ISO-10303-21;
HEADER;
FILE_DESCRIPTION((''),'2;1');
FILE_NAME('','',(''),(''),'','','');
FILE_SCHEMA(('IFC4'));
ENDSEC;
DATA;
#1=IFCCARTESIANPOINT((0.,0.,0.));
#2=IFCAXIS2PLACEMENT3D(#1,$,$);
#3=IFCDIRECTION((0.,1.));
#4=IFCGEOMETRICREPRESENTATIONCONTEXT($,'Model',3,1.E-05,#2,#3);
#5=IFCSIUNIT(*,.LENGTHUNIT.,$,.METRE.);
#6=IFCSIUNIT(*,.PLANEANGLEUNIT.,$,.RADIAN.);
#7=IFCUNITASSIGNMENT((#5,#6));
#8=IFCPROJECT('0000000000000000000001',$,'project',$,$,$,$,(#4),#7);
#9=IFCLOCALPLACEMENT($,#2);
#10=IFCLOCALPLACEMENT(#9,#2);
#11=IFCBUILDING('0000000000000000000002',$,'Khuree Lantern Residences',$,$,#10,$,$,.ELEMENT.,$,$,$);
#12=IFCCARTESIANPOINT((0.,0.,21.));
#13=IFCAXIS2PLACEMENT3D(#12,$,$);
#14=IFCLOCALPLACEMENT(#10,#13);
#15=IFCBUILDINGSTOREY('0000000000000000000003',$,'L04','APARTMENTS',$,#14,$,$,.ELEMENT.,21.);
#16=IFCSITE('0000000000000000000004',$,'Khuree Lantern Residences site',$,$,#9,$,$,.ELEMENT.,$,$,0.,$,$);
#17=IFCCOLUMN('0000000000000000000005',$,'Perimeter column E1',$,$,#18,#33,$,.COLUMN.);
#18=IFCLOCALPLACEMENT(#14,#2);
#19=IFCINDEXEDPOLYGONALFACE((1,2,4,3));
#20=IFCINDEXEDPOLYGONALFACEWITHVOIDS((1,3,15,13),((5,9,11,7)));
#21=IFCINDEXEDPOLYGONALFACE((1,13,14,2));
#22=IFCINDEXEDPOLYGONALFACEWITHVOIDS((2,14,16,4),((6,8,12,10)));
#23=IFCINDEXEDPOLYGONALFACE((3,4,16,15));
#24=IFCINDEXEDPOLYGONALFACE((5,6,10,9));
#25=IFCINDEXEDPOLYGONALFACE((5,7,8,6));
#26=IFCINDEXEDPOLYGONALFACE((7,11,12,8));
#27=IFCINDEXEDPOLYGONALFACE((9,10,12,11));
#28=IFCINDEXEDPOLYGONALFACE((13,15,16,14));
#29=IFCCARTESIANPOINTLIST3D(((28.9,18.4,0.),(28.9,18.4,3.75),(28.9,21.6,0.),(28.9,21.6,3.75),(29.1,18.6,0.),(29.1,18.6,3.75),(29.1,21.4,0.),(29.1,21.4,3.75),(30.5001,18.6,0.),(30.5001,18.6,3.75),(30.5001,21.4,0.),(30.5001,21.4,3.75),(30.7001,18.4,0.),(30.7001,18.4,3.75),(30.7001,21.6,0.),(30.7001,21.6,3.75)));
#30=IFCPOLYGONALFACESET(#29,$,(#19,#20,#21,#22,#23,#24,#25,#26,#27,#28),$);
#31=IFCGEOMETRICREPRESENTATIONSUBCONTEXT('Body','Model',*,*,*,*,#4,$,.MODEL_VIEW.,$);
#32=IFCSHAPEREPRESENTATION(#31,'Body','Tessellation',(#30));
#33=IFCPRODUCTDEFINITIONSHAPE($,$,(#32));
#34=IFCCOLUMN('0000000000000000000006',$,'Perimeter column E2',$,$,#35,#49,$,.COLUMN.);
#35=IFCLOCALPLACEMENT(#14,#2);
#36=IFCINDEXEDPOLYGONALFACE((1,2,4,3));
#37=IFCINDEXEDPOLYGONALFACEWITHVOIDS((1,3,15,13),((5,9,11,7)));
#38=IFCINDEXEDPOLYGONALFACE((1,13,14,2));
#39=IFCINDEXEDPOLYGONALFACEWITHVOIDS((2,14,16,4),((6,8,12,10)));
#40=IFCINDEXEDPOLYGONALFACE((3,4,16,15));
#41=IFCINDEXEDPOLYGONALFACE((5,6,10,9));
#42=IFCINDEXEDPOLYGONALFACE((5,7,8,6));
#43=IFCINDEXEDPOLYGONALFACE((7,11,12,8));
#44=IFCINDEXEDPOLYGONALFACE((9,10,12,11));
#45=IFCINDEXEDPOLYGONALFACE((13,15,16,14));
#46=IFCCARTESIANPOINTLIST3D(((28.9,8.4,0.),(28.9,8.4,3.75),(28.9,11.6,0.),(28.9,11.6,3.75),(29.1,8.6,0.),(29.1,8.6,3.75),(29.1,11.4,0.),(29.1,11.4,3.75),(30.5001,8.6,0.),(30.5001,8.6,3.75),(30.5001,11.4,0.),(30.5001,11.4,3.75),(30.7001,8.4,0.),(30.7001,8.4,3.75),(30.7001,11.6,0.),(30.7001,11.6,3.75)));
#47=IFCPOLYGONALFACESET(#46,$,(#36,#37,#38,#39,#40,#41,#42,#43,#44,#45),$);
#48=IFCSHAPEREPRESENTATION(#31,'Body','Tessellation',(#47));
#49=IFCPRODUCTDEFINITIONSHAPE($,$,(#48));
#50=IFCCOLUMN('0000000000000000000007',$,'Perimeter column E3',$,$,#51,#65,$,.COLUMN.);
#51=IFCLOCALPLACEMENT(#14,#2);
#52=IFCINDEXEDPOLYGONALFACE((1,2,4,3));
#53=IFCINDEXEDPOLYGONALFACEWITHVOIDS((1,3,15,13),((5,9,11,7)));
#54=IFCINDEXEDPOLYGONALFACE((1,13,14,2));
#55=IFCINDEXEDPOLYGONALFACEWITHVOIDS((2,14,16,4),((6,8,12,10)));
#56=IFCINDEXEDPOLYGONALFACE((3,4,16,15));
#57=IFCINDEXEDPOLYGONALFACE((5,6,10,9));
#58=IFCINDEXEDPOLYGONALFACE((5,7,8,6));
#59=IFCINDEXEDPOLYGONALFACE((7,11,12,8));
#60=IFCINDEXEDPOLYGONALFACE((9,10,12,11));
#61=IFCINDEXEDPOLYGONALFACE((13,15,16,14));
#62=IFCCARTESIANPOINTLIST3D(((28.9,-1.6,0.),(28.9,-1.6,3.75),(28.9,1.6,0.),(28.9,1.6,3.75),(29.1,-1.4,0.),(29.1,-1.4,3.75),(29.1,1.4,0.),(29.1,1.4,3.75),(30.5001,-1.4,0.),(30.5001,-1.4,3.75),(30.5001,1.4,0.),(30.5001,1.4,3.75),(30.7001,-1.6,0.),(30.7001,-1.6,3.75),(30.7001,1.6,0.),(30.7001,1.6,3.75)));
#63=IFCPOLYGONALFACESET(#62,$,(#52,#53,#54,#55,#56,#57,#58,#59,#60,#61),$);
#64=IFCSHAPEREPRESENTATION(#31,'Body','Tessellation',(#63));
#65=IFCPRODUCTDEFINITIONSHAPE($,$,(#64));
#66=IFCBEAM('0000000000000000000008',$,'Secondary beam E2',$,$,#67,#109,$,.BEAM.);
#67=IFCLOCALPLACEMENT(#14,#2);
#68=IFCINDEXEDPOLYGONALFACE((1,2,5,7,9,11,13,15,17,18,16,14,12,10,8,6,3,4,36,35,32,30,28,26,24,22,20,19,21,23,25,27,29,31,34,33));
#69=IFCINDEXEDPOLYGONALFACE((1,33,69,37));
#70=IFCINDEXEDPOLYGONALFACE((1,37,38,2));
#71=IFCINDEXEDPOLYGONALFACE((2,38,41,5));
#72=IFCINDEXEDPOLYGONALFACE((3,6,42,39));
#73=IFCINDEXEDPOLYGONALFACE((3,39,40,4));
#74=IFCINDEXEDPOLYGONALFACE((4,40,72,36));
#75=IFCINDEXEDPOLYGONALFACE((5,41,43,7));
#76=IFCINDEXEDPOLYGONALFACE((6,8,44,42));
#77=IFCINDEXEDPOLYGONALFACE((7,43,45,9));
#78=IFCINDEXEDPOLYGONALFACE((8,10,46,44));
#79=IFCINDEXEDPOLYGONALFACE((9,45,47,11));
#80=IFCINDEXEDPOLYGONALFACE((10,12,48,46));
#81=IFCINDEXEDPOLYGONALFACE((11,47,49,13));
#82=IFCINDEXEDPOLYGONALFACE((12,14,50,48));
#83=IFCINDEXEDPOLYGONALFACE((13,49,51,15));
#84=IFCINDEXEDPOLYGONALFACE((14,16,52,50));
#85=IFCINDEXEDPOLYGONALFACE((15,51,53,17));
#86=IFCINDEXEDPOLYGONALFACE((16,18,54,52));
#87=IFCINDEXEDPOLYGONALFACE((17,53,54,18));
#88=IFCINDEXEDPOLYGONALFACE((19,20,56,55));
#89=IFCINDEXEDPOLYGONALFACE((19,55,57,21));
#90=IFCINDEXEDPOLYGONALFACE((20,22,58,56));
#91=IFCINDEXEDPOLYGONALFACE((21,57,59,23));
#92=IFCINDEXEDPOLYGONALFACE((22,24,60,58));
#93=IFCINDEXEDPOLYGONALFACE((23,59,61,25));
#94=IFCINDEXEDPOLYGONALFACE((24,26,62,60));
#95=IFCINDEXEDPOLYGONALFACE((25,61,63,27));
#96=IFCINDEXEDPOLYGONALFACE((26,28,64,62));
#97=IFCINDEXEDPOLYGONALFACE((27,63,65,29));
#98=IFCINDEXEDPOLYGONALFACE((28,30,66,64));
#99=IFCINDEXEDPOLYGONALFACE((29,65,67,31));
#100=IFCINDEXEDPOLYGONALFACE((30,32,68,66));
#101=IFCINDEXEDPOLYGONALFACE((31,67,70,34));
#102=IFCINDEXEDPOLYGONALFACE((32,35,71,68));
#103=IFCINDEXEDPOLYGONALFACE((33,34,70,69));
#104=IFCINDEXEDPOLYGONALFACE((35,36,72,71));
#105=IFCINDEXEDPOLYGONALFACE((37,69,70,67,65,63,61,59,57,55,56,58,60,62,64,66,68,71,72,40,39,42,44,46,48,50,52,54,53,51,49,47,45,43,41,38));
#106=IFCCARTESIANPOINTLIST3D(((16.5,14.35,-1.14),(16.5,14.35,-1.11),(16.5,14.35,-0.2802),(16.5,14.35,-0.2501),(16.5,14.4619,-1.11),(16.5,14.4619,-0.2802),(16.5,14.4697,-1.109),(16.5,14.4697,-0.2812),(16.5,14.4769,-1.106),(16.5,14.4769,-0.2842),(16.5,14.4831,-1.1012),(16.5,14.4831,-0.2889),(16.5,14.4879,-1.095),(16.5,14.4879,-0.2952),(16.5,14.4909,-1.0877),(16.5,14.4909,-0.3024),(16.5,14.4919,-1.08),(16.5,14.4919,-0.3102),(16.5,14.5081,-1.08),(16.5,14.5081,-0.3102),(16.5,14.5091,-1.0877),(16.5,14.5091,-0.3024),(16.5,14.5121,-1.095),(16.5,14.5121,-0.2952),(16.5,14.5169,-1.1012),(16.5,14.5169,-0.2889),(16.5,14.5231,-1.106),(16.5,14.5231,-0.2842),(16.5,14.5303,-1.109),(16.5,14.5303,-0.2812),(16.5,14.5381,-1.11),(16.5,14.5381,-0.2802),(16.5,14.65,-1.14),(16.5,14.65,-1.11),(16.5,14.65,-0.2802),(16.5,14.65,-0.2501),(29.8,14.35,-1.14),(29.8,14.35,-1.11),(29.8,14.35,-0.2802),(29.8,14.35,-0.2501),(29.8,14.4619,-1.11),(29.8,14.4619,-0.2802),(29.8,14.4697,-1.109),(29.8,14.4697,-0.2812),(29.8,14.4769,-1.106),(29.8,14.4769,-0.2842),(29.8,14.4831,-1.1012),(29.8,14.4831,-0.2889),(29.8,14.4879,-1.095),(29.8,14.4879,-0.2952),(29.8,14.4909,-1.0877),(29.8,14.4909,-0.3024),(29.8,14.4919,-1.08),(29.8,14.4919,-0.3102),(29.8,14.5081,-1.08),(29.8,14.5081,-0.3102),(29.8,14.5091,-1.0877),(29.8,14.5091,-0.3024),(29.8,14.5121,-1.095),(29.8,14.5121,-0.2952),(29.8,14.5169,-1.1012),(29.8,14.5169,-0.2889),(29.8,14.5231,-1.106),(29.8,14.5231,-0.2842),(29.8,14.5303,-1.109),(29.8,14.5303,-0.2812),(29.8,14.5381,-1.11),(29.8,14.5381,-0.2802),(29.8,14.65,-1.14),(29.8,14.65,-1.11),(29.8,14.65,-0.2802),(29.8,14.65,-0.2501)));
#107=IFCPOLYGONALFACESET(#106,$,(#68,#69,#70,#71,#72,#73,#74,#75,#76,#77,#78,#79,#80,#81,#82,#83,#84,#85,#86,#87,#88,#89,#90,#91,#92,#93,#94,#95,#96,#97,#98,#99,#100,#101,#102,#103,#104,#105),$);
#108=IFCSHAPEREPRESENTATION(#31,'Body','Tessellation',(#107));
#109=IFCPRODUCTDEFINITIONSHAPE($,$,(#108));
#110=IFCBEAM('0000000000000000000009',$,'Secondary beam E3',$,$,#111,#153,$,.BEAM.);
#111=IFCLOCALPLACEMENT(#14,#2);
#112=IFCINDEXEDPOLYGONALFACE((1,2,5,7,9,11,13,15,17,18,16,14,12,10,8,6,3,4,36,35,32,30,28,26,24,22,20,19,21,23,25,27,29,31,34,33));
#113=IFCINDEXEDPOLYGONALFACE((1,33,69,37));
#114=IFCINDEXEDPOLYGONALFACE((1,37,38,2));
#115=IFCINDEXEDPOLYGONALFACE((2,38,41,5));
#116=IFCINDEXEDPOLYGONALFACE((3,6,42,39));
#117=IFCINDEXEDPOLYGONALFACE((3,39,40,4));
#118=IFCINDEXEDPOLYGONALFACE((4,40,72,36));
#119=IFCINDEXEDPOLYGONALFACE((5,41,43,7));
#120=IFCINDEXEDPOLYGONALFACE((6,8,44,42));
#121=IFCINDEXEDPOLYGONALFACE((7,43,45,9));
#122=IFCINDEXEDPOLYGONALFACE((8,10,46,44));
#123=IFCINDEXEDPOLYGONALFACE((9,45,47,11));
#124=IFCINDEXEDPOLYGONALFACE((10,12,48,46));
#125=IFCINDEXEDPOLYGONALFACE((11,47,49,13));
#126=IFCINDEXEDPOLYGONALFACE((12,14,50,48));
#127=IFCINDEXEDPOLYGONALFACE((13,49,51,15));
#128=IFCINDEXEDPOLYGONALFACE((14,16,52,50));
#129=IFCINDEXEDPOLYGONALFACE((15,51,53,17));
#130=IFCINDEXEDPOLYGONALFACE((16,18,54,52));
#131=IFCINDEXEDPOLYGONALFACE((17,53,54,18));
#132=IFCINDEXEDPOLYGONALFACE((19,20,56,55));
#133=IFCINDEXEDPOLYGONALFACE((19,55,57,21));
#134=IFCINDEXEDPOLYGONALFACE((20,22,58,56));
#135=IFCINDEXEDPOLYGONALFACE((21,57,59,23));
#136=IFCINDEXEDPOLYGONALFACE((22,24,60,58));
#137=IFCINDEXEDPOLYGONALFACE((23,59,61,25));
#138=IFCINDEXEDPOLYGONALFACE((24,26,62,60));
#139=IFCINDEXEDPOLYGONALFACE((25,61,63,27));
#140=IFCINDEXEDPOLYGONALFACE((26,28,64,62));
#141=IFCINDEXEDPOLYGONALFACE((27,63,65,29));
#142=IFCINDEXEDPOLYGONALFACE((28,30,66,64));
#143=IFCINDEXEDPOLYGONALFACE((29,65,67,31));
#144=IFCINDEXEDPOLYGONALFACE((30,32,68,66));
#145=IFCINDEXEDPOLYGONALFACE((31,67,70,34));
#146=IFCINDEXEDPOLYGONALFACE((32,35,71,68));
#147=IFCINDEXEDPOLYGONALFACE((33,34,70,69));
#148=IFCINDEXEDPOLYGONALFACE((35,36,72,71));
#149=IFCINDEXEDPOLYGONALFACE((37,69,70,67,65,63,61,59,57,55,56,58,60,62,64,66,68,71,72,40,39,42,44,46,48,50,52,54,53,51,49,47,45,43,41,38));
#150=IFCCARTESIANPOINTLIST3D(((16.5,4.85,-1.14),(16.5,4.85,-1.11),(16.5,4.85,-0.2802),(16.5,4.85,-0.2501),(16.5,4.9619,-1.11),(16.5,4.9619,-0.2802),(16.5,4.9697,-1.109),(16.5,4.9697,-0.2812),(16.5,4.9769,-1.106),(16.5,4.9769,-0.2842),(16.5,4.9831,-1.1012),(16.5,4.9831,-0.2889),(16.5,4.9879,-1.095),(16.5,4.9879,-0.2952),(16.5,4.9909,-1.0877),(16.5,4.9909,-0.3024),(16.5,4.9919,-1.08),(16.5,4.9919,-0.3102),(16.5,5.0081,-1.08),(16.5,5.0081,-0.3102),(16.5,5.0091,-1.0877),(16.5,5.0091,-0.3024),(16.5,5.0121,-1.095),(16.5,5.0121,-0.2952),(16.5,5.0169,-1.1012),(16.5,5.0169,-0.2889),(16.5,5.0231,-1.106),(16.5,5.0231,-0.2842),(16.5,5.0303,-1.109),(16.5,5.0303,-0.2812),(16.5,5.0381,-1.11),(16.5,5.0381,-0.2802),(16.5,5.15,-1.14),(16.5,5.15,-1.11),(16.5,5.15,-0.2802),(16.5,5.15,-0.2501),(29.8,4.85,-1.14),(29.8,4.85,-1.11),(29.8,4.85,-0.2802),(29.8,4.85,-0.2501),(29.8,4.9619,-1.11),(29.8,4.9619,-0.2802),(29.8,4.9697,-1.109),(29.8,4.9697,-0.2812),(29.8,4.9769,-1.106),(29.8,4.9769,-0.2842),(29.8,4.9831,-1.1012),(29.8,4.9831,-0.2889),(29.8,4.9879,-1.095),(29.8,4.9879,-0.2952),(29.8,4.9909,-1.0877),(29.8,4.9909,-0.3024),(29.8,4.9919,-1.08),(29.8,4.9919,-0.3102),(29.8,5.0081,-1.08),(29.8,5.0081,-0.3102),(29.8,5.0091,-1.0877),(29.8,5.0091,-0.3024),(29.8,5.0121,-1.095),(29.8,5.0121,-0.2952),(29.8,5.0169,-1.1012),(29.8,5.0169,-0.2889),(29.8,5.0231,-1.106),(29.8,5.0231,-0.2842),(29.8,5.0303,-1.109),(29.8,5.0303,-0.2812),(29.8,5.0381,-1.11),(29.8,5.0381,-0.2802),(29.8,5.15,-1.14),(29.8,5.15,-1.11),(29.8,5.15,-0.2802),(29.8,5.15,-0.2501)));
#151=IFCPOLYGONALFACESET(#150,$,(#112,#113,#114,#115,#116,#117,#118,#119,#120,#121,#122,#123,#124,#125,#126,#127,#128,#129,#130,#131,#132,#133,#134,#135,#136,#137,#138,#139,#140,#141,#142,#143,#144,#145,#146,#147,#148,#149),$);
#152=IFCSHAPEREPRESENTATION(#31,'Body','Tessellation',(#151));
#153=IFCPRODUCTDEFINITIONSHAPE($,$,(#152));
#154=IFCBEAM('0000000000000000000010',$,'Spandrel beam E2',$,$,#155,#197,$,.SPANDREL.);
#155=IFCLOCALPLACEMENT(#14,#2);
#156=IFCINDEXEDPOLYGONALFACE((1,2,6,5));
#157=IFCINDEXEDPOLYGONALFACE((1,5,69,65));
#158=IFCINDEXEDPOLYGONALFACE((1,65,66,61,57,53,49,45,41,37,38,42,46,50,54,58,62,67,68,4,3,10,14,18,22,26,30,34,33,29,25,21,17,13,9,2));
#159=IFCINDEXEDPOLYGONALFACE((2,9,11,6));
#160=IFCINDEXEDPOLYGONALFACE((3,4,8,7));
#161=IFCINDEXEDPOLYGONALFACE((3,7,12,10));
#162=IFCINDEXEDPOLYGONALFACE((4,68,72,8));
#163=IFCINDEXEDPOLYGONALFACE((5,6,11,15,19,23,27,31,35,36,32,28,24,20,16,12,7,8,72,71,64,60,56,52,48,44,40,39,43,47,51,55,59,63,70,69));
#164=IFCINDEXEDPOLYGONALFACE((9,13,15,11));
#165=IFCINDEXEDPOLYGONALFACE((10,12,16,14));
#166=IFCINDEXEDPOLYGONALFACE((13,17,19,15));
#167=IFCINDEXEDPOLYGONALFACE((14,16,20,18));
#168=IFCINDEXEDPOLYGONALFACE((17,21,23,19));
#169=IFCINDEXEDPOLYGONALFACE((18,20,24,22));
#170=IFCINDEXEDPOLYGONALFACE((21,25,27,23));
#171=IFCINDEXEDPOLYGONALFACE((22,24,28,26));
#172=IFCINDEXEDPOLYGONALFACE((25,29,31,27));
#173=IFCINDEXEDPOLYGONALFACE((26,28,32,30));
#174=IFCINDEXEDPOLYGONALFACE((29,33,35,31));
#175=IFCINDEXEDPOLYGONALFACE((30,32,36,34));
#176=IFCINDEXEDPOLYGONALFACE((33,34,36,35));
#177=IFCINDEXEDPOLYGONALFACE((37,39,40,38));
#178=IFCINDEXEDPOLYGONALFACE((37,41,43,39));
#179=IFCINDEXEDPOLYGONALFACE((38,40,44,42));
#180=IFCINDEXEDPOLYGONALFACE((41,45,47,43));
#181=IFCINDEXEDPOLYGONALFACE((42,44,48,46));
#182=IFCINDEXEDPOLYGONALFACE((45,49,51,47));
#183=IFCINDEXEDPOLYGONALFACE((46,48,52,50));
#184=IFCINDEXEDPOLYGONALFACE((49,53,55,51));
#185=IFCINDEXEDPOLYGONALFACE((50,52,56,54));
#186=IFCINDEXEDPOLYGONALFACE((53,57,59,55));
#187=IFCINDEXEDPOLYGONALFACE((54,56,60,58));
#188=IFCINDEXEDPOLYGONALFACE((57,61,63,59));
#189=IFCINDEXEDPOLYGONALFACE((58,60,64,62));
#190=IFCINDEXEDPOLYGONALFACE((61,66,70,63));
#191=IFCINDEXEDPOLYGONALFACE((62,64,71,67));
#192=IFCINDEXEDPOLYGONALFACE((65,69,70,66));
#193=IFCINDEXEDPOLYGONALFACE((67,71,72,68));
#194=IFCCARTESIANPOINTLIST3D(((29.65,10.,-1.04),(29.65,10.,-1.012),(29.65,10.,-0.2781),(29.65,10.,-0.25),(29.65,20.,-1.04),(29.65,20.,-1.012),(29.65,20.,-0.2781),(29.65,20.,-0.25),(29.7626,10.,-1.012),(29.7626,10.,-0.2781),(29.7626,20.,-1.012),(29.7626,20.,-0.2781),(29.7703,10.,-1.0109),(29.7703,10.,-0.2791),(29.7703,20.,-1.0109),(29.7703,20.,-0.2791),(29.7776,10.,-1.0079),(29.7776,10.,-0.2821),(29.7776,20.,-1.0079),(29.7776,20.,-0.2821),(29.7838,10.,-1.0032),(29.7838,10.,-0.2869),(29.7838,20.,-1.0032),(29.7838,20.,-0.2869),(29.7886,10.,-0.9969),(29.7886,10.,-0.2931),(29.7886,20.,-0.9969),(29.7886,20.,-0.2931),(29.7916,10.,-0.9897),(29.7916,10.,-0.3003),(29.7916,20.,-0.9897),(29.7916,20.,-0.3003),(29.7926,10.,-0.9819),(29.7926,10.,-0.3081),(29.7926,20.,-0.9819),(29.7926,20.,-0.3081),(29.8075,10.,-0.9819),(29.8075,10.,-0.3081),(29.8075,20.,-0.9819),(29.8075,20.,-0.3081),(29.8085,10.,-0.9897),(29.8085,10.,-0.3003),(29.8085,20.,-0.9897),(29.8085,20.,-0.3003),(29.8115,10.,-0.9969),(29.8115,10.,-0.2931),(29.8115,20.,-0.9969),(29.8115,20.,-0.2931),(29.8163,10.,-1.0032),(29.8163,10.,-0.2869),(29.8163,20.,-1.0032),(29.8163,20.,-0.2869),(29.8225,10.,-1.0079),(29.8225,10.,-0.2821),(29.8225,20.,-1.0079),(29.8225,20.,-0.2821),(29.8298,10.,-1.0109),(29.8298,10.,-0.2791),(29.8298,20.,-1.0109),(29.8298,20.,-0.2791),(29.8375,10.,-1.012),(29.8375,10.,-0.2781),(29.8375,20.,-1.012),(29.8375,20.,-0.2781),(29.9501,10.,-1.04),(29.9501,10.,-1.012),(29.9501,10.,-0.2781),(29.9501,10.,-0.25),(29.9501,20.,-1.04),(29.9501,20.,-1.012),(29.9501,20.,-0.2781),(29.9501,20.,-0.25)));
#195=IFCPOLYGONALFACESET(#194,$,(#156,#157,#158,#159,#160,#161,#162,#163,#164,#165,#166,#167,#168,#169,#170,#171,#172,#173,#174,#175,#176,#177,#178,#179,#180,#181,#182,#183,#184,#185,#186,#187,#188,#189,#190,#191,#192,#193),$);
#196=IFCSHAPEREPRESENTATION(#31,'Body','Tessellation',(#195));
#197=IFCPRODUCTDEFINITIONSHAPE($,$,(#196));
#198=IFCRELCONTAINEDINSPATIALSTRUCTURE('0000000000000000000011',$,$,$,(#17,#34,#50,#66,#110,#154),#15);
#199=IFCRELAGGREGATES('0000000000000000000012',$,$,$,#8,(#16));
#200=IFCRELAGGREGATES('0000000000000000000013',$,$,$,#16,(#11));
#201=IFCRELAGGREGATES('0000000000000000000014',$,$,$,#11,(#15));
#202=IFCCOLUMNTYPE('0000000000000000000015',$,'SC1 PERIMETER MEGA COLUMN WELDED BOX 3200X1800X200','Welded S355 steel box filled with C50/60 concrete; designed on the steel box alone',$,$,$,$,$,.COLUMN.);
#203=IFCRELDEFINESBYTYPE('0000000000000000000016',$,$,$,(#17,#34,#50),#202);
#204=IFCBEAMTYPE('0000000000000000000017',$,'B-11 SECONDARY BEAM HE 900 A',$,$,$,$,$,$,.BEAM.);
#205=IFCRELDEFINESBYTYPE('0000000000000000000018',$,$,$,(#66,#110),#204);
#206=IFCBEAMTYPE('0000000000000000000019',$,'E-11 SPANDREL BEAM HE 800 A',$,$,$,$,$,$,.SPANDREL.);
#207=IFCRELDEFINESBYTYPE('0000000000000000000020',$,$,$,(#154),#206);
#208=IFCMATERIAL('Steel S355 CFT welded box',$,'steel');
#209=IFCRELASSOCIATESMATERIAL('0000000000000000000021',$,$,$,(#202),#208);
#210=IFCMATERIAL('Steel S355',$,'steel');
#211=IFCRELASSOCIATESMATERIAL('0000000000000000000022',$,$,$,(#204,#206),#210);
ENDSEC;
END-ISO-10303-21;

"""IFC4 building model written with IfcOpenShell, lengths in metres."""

from ifc_helpers import new_model, si_unit, direction, frame, origin, origin_2d, place, context, subcontext, project, spatial, hollow_rectangle, i_section, extrude, material, material_profile, profile_set, type_object, element, save


model = new_model("IFC4")

# Units and contexts
model_context = context("Model", 3, precision=1e-05, world=origin(), true_north=direction((0.0, 1.0)))
body_context = subcontext(model_context, "Body", "Model", "MODEL_VIEW")
ifc_project = project(units=[si_unit("LENGTHUNIT", "METRE"), si_unit("PLANEANGLEUNIT", "RADIAN")], contexts=[model_context])

# Site, building, storey
site_placement = place(None, origin())
site = spatial("IfcSite", under=ifc_project, at=site_placement, Name="Khuree Lantern Residences site", CompositionType="ELEMENT", RefElevation=0.0)
building_placement = place(site_placement, origin())
building = spatial("IfcBuilding", under=site, at=building_placement, Name="Khuree Lantern Residences", CompositionType="ELEMENT")
storey_placement = place(building_placement, frame((0.0, 0.0, 21.0)))
storey = spatial("IfcBuildingStorey", under=building, at=storey_placement, Name="L04", Description="APARTMENTS", CompositionType="ELEMENT", Elevation=21.0)

# Columns
ifc_material_1 = material(Name="Steel S355 CFT welded box", Category="steel")
ifc_material_profile_1 = material_profile(ifc_material_1, hollow_rectangle(XDim=3.2, YDim=1.8, WallThickness=0.2, at=origin_2d()), Name="WELDED BOX 3200X1800X200")
ifc_profile_set_1 = profile_set([ifc_material_profile_1], Name="Steel S355 CFT welded box")
column_type = type_object("IfcColumnType", Name="SC1 PERIMETER MEGA COLUMN WELDED BOX 3200X1800X200", Description="Welded S355 steel box filled with C50/60 concrete; designed on the steel box alone", PredefinedType="COLUMN", material=ifc_profile_set_1)
for number, where, z_axis, x_axis, name in (
    (1, (29.8, 20.0, 0.0), (0.0, 0.0, 1.0), (0.0, 1.0, 0.0), "Perimeter column E1"),
    (2, (29.8, 10.0, 0.0), (0.0, 0.0, 1.0), (0.0, 1.0, 0.0), "Perimeter column E2"),
    (3, (29.8, 0.0, 0.0), (0.0, 0.0, 1.0), (0.0, 1.0, 0.0), "Perimeter column E3"),
):
    element("IfcColumn", number, at=place(storey_placement, frame(where, z_axis=z_axis, x_axis=x_axis)), inside=storey, type_object=column_type, Name=name, PredefinedType="COLUMN", context=body_context, shape_type="SweptSolid", body=[
        extrude(hollow_rectangle(XDim=3.2, YDim=1.8, WallThickness=0.2, at=origin_2d()), origin(), (0.0, 0.0, 1.0), 3.75),
    ])

# Beams
ifc_material_2 = material(Name="Steel S355", Category="steel")
ifc_material_profile_2 = material_profile(ifc_material_2, i_section(OverallWidth=0.3, OverallDepth=0.8899, WebThickness=0.0161, FlangeThickness=0.03, FilletRadius=0.03, at=origin_2d()), Name="HE 900 A")
ifc_profile_set_2 = profile_set([ifc_material_profile_2], Name="Steel S355")
beam_type_1 = type_object("IfcBeamType", Name="B-11 SECONDARY BEAM HE 900 A", PredefinedType="BEAM", material=ifc_profile_set_2)
for number, where, z_axis, x_axis, name in (
    (4, (29.8, 14.5, -0.6951), (-1.0, 0.0, 0.0), (0.0, -1.0, 0.0), "Secondary beam E2"),
    (5, (29.8, 5.0, -0.6951), (-1.0, 0.0, 0.0), (0.0, -1.0, 0.0), "Secondary beam E3"),
):
    element("IfcBeam", number, at=place(storey_placement, frame(where, z_axis=z_axis, x_axis=x_axis)), inside=storey, type_object=beam_type_1, Name=name, PredefinedType="BEAM", context=body_context, shape_type="SweptSolid", body=[
        extrude(i_section(OverallWidth=0.3, OverallDepth=0.8899, WebThickness=0.0161, FlangeThickness=0.03, FilletRadius=0.03, at=origin_2d()), origin(), (0.0, 0.0, 1.0), 13.3),
    ])
ifc_material_profile_3 = material_profile(ifc_material_2, i_section(OverallWidth=0.3, OverallDepth=0.79, WebThickness=0.0149, FlangeThickness=0.0281, FilletRadius=0.03, at=origin_2d()), Name="HE 800 A")
ifc_profile_set_3 = profile_set([ifc_material_profile_3], Name="Steel S355")
beam_type_2 = type_object("IfcBeamType", Name="E-11 SPANDREL BEAM HE 800 A", PredefinedType="SPANDREL", material=ifc_profile_set_3)
for number, where, z_axis, x_axis, name in (
    (6, (29.8, 20.0, -0.645), (0.0, -1.0, 0.0), (1.0, 0.0, 0.0), "Spandrel beam E2"),
):
    element("IfcBeam", number, at=place(storey_placement, frame(where, z_axis=z_axis, x_axis=x_axis)), inside=storey, type_object=beam_type_2, Name=name, PredefinedType="SPANDREL", context=body_context, shape_type="SweptSolid", body=[
        extrude(i_section(OverallWidth=0.3, OverallDepth=0.79, WebThickness=0.0149, FlangeThickness=0.0281, FilletRadius=0.03, at=origin_2d()), origin(), (0.0, 0.0, 1.0), 10.0),
    ])

save(model, "model.ifc")
